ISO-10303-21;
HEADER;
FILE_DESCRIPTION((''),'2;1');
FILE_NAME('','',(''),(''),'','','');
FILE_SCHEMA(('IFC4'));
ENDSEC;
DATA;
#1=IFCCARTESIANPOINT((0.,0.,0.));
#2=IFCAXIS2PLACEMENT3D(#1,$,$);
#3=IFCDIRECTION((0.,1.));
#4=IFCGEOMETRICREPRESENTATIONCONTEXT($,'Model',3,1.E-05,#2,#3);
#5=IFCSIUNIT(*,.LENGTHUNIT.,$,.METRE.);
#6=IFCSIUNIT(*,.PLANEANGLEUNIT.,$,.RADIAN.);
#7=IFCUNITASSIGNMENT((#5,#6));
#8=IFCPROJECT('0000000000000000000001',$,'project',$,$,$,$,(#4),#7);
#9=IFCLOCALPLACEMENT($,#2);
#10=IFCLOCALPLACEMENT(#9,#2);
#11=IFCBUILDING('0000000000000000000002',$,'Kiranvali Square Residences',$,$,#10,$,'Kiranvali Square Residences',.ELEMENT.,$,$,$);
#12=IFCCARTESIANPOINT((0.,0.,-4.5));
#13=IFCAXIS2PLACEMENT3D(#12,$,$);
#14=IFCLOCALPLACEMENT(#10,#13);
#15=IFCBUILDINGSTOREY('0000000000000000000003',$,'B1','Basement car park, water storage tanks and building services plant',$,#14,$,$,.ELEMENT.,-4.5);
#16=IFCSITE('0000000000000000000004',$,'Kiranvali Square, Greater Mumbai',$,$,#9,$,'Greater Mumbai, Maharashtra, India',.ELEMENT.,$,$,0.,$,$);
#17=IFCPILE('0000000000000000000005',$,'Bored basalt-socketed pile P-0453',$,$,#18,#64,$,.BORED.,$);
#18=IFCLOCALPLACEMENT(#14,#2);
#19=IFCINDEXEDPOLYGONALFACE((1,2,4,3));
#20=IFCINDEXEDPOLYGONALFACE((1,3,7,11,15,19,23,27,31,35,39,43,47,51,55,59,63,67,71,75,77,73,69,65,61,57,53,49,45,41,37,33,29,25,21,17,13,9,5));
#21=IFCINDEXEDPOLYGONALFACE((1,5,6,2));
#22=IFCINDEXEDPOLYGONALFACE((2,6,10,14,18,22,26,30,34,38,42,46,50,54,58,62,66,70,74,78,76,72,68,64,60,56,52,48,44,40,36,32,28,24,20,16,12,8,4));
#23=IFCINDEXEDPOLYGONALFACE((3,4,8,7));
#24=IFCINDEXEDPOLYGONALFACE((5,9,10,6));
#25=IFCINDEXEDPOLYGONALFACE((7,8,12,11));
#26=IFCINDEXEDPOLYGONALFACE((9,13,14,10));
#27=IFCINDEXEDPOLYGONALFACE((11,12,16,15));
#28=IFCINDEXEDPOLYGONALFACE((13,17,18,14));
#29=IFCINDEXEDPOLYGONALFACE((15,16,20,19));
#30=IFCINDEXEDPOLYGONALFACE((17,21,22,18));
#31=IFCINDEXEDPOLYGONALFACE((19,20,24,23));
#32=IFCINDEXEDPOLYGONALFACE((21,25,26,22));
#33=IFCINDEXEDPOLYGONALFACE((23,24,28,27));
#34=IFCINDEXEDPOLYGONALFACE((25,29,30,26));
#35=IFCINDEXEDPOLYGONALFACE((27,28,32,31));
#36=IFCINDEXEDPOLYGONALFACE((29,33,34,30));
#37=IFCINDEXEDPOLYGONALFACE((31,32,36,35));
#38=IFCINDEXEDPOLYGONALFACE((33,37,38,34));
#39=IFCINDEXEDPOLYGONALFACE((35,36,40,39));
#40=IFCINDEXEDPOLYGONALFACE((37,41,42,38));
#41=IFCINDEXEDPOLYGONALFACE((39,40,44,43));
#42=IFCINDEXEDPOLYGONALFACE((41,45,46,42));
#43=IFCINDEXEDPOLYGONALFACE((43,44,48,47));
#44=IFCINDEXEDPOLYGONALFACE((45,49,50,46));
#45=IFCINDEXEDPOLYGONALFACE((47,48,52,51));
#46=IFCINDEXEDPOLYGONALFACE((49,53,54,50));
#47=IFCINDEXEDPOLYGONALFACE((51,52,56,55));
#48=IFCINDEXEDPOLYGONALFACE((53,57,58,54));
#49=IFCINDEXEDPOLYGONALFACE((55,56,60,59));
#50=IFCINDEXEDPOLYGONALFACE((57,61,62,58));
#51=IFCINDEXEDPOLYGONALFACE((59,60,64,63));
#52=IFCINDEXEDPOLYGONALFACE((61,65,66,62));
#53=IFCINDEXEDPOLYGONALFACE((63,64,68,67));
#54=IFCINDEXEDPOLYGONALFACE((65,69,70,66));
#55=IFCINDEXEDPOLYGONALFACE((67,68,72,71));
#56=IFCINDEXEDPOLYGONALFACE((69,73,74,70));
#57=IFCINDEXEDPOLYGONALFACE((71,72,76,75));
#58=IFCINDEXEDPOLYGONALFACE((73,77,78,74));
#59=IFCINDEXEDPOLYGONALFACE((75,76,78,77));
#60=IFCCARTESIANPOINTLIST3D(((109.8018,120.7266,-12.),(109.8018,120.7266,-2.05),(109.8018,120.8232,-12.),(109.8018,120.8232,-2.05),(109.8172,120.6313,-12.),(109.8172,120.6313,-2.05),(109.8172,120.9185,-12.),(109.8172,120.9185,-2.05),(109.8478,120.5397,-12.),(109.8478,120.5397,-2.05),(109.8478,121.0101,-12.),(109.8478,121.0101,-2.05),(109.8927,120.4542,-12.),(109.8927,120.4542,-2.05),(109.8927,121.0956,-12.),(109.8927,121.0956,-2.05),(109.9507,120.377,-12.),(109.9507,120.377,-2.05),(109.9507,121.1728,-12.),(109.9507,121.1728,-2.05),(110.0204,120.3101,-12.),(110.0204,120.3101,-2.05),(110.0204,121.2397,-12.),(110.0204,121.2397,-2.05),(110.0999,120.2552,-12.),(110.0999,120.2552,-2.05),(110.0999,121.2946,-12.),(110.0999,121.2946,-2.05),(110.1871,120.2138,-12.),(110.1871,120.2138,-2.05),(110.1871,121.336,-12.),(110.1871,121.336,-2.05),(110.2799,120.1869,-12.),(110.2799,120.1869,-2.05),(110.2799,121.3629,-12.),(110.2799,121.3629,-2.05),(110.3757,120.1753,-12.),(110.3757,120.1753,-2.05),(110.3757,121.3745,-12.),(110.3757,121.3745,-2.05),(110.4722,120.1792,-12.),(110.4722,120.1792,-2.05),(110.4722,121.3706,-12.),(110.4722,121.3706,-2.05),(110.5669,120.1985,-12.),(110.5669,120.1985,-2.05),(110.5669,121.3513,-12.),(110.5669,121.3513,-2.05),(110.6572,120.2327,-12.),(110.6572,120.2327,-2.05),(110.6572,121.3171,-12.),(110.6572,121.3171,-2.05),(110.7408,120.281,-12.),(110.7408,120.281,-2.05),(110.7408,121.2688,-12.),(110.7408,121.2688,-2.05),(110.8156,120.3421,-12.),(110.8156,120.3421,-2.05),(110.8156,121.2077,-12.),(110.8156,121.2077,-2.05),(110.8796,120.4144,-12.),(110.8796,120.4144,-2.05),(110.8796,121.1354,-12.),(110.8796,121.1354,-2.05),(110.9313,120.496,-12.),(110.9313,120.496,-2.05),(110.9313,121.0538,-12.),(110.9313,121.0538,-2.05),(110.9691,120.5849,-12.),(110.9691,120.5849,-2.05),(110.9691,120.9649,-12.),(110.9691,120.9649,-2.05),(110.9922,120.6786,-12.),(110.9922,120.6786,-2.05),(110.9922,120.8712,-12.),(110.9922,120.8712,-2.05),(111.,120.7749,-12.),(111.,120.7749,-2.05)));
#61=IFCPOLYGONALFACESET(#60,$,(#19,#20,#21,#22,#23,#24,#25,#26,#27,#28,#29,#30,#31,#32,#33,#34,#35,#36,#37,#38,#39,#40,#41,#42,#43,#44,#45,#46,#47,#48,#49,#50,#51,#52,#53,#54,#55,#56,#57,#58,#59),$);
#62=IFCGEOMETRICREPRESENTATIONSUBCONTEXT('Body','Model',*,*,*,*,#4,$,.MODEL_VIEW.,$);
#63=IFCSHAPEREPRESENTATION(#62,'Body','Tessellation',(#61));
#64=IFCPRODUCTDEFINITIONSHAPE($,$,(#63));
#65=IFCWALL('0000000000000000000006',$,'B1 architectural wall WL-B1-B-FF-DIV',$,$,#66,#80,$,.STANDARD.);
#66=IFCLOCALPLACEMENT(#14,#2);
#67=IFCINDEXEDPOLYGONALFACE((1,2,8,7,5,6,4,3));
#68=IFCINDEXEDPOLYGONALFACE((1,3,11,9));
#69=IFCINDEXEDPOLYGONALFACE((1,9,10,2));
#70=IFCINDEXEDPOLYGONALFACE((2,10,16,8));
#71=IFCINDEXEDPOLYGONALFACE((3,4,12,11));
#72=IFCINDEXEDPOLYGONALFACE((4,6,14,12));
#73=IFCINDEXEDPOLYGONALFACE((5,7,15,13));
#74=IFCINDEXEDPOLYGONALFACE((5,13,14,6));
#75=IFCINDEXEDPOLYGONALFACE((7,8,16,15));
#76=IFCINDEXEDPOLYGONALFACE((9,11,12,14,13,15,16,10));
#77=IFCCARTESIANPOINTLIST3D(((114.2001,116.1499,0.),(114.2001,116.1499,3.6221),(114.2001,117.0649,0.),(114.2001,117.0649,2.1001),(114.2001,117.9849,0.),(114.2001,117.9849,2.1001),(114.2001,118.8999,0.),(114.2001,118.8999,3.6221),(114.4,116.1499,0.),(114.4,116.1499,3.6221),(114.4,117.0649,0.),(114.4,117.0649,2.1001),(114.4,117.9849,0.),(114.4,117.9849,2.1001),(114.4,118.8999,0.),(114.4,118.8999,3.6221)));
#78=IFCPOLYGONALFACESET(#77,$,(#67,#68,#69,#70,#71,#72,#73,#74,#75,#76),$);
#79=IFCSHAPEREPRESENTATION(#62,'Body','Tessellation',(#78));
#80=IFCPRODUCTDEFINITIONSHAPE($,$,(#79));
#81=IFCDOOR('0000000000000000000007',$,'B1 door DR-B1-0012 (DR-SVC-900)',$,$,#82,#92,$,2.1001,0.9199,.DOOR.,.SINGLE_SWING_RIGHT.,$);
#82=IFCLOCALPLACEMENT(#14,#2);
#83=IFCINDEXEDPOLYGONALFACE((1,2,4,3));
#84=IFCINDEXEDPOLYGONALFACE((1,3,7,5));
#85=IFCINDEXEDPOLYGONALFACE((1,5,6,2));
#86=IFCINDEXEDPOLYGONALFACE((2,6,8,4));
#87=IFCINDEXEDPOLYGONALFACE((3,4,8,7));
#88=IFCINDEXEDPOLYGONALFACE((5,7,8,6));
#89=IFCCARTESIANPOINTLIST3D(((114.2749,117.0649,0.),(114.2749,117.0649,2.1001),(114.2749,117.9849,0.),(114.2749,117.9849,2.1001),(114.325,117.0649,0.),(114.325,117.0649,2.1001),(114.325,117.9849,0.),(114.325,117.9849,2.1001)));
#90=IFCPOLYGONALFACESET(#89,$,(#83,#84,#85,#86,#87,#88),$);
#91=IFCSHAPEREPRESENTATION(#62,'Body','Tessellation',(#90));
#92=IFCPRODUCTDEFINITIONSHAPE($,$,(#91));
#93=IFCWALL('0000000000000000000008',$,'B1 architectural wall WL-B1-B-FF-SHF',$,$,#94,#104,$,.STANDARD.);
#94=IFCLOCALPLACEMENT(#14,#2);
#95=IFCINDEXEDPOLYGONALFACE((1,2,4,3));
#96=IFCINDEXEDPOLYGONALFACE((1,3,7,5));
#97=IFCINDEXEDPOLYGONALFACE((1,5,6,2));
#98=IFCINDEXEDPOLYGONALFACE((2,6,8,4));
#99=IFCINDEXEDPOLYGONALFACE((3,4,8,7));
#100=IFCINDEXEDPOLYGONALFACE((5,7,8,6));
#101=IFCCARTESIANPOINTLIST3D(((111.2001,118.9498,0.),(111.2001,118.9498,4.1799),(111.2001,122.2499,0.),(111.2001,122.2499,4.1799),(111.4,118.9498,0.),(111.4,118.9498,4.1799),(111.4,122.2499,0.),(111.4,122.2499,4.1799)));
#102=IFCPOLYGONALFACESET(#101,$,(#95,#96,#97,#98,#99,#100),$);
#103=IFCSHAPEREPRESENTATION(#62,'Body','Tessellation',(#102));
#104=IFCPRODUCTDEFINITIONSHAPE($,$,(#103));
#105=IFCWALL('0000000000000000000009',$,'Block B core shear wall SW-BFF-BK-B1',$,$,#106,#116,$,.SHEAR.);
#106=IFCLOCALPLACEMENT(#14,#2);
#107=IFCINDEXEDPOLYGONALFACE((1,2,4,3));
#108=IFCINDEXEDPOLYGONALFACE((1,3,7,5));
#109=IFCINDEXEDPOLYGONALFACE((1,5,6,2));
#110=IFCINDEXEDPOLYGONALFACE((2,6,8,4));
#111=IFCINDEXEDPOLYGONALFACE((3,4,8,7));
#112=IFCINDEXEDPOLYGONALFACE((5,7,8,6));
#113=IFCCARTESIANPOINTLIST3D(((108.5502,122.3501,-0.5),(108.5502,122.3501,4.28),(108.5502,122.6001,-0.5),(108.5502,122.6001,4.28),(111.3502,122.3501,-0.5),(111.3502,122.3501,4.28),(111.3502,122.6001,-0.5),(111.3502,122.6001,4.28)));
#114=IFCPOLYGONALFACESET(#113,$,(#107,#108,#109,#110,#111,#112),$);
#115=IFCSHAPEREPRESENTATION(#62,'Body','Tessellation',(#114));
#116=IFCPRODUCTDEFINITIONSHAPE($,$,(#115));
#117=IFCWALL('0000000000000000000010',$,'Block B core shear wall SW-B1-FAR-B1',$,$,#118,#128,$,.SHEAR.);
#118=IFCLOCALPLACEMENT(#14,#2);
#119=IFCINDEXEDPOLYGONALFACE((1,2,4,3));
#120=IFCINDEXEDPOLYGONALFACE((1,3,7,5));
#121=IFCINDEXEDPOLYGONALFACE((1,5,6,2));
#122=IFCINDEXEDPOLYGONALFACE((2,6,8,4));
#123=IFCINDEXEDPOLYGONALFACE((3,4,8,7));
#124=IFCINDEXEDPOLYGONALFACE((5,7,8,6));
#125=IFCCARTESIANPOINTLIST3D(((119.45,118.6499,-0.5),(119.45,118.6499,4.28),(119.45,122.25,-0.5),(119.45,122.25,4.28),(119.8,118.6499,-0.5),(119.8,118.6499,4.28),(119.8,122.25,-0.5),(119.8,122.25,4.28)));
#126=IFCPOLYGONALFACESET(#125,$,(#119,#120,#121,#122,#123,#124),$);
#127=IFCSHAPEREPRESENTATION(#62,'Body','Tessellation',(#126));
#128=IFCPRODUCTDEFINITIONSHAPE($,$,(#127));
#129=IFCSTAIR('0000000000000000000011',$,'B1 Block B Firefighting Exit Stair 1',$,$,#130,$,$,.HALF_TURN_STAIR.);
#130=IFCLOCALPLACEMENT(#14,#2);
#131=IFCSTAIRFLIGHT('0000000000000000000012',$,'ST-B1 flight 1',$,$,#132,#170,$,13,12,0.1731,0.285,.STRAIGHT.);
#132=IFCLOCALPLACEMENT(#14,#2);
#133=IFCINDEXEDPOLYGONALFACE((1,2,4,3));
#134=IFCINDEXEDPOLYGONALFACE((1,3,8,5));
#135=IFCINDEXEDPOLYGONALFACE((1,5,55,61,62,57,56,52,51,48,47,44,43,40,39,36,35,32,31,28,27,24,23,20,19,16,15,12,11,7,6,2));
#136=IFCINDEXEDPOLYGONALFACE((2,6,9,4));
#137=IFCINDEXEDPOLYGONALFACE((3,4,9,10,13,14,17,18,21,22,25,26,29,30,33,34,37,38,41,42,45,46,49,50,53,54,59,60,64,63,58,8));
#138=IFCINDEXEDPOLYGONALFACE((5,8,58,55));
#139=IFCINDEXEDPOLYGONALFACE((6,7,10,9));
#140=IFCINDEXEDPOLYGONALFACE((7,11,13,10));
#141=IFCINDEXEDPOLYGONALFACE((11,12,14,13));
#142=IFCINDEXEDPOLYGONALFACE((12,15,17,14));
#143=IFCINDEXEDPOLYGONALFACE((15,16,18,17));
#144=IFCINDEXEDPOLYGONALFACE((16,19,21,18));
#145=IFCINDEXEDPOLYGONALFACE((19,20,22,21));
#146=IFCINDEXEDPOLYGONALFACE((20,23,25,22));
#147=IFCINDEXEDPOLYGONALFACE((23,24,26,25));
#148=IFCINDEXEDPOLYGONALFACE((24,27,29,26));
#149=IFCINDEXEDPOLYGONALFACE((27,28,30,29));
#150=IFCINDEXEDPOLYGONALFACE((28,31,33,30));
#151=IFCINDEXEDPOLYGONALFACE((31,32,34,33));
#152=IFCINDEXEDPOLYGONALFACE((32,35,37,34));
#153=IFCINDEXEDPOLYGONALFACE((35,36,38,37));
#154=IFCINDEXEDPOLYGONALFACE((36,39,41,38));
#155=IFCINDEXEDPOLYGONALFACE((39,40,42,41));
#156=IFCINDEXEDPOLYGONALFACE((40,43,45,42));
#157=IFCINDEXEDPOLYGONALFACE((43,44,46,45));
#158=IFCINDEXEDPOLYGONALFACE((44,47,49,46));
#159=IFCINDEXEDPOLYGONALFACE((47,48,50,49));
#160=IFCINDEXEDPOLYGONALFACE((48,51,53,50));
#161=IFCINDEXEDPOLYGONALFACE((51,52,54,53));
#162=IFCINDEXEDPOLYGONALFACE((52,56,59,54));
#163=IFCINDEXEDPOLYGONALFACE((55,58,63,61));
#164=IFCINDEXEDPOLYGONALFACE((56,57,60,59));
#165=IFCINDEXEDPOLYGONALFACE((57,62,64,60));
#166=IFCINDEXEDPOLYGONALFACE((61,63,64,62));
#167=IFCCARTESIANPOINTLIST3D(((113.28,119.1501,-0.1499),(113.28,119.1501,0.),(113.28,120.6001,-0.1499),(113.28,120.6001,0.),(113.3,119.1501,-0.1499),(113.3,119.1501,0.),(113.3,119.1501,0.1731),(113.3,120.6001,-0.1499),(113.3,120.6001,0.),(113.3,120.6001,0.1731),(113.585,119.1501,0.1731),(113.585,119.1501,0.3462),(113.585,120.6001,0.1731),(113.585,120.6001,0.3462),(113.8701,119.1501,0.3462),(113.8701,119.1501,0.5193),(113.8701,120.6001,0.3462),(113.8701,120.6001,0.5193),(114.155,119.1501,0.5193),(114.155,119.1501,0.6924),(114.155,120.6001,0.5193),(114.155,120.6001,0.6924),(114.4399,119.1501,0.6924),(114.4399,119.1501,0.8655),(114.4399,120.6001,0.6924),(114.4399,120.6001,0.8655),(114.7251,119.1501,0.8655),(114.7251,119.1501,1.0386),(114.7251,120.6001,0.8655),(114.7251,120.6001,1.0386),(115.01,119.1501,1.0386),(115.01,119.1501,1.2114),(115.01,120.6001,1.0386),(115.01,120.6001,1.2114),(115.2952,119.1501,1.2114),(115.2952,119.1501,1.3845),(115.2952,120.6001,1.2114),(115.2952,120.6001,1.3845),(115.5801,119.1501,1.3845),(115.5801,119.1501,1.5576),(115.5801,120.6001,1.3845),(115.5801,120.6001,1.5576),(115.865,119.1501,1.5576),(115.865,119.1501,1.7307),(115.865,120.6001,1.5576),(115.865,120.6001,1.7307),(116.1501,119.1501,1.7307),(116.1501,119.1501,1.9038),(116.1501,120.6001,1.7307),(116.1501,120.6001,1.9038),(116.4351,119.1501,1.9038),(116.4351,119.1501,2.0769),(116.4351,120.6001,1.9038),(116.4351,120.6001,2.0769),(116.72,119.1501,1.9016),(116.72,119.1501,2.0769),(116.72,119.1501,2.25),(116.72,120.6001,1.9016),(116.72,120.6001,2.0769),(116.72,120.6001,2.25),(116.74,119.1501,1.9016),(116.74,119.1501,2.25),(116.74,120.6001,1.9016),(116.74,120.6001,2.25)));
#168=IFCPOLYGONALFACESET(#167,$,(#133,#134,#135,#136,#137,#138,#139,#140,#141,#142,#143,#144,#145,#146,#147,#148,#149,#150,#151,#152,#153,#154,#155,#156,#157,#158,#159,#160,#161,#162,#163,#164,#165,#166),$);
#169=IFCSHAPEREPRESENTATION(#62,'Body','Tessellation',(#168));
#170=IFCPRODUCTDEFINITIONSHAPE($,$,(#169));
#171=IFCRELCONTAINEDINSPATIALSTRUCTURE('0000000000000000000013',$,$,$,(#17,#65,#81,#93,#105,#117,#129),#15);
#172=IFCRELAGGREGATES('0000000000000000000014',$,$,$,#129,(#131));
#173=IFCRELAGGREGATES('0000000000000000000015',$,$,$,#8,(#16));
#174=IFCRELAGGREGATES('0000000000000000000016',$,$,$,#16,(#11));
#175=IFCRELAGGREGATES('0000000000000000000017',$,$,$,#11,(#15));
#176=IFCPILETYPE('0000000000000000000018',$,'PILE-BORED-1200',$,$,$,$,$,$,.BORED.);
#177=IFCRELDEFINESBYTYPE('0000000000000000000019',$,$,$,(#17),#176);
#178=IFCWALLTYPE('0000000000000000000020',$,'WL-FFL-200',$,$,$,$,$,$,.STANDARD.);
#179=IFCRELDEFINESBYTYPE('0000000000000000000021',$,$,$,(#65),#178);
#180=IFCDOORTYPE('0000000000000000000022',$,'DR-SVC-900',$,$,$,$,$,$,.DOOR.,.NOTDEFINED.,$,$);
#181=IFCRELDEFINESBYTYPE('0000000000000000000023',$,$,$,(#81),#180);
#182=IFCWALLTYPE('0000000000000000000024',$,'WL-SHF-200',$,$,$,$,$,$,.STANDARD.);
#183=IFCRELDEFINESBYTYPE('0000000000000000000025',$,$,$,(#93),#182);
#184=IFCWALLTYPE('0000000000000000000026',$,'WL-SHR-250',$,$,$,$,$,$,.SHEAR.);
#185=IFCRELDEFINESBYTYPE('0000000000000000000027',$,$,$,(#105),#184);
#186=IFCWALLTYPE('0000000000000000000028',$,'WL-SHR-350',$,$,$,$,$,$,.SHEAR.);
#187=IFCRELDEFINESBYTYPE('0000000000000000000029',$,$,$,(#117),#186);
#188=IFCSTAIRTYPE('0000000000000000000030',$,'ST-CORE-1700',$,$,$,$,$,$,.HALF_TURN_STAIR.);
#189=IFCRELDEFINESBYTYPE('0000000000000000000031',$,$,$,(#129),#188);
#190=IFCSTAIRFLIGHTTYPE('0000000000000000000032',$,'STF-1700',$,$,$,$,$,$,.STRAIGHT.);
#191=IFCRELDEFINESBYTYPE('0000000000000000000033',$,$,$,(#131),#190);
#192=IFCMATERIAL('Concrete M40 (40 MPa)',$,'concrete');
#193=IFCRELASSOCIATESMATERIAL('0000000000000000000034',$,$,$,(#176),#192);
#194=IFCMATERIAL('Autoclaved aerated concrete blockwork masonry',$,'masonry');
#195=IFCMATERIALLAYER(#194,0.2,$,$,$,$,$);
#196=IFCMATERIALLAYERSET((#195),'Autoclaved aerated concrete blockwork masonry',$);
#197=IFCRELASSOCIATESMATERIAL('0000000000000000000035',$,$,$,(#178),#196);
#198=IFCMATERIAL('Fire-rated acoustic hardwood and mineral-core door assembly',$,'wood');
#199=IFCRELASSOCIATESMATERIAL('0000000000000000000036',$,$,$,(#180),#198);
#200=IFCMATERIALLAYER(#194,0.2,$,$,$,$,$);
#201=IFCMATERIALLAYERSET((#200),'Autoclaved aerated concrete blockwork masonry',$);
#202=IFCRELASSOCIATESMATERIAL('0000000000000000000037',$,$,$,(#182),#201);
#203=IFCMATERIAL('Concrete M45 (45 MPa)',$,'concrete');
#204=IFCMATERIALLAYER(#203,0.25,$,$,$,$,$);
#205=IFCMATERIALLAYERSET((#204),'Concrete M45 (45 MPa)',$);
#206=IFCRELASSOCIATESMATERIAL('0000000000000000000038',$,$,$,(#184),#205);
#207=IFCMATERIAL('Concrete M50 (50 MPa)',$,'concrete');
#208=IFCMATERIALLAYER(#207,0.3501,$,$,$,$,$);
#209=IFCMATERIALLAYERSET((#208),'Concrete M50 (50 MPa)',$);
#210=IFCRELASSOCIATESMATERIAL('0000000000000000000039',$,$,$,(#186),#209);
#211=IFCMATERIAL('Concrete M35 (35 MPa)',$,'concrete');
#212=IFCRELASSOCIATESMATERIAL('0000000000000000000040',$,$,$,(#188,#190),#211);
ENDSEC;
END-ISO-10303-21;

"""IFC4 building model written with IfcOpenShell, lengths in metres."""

from ifc_helpers import new_model, si_unit, direction, frame, frame_2d, origin, origin_2d, place, context, subcontext, project, spatial, polyline, rectangle, circle, outline, extrude, material, layer, layer_set, material_profile, profile_set, type_object, element, fill, aggregate, save


model = new_model("IFC4")

# Units and contexts
model_context = context("Model", 3, precision=1e-05, world=origin(), true_north=direction((0.0, 1.0)))
body_context = subcontext(model_context, "Body", "Model", "MODEL_VIEW")
ifc_project = project(units=[si_unit("LENGTHUNIT", "METRE"), si_unit("PLANEANGLEUNIT", "RADIAN")], contexts=[model_context])

# Site, building, storey
site_placement = place(None, origin())
site = spatial("IfcSite", under=ifc_project, at=site_placement, Name="Kiranvali Square, Greater Mumbai", LongName="Greater Mumbai, Maharashtra, India", CompositionType="ELEMENT", RefElevation=0.0)
building_placement = place(site_placement, origin())
building = spatial("IfcBuilding", under=site, at=building_placement, Name="Kiranvali Square Residences", LongName="Kiranvali Square Residences", CompositionType="ELEMENT")
storey_placement = place(building_placement, frame((0.0, 0.0, -4.5)))
storey = spatial("IfcBuildingStorey", under=building, at=storey_placement, Name="B1", Description="Basement car park, water storage tanks and building services plant", CompositionType="ELEMENT", Elevation=-4.5)

# Shared definitions
ifc_material_1 = material(Name="Concrete M40 (40 MPa)", Category="concrete")

# Pile
ifc_material_profile_1 = material_profile(ifc_material_1, circle(Radius=0.6001, at=origin_2d()), Name="BORED PILE 1200")
ifc_profile_set_1 = profile_set([ifc_material_profile_1], Name="Concrete M40 (40 MPa)")
pile_type = type_object("IfcPileType", Name="PILE-BORED-1200", PredefinedType="BORED", material=ifc_profile_set_1)
pile_placement = place(storey_placement, frame((110.3999, 120.7749, -2.05), z_axis=(0.0, 0.0, -1.0), x_axis=(1.0, 0.0, 0.0)))
element("IfcPile", 1, at=pile_placement, inside=storey, type_object=pile_type, Name="Bored basalt-socketed pile P-0453", PredefinedType="BORED", context=body_context, shape_type="SweptSolid", body=[
    extrude(circle(Radius=0.6001, at=origin_2d()), origin(), (0.0, 0.0, 1.0), 9.95),
])

# Wall, opening, door
ifc_material_2 = material(Name="Autoclaved aerated concrete blockwork masonry", Category="masonry")
ifc_layer_1 = layer(ifc_material_2, 0.2)
ifc_layer_set_1 = layer_set([ifc_layer_1], Name="Autoclaved aerated concrete blockwork masonry")
wall_type_1 = type_object("IfcWallType", Name="WL-FFL-200", PredefinedType="STANDARD", material=ifc_layer_set_1)
ifc_material_3 = material(Name="Fire-rated acoustic hardwood and mineral-core door assembly", Category="wood")
wall_1_placement = place(storey_placement, frame((114.3, 116.1499, 0.0), z_axis=(0.0, 0.0, 1.0), x_axis=(0.0, 1.0, 0.0)))
wall_1 = element("IfcWall", 2, at=wall_1_placement, inside=storey, type_object=wall_type_1, Name="B1 architectural wall WL-B1-B-FF-DIV", PredefinedType="STANDARD", context=body_context, shape_type="SweptSolid", body=[
    extrude(rectangle(XDim=2.75, YDim=0.2, at=frame_2d((1.375, 0.0))), origin(), (0.0, 0.0, 1.0), 3.6221),
])
opening_1_placement = place(wall_1_placement, frame((0.915, 0.0, 0.0)))
opening_1 = element("IfcOpeningElement", 3, at=opening_1_placement, cuts=wall_1, PredefinedType="OPENING", context=body_context, shape_type="SweptSolid", body=[
    extrude(rectangle(XDim=0.9199, YDim=2.1001, at=frame_2d((0.46, 1.05))), frame((0.0, 0.1099, 0.0), z_axis=(0.0, -1.0, 0.0), x_axis=(1.0, 0.0, 0.0)), (0.0, 0.0, 1.0), 0.22),
])
door_type_1 = type_object("IfcDoorType", Name="DR-SVC-900", OperationType="NOTDEFINED", PredefinedType="DOOR", material=ifc_material_3)
door_1_placement = place(opening_1_placement, frame((0.9199, 0.0, 0.0), z_axis=(0.0, 0.0, 1.0), x_axis=(-1.0, 0.0, 0.0)))
door_1 = element("IfcDoor", 4, at=door_1_placement, inside=storey, type_object=door_type_1, Name="B1 door DR-B1-0012 (DR-SVC-900)", OperationType="SINGLE_SWING_RIGHT", OverallHeight=2.1001, OverallWidth=0.9199, PredefinedType="DOOR", context=body_context, shape_type="SweptSolid", body=[
    extrude(rectangle(XDim=0.9199, YDim=2.1001, at=frame_2d((0.46, 1.05))), frame((0.0, 0.0249, 0.0), z_axis=(0.0, -1.0, 0.0), x_axis=(1.0, 0.0, 0.0)), (0.0, 0.0, 1.0), 0.05),
])
fill(opening_1, door_1)

# Walls
ifc_layer_2 = layer(ifc_material_2, 0.2)
ifc_layer_set_2 = layer_set([ifc_layer_2], Name="Autoclaved aerated concrete blockwork masonry")
wall_type_2 = type_object("IfcWallType", Name="WL-SHF-200", PredefinedType="STANDARD", material=ifc_layer_set_2)
wall_2_placement = place(storey_placement, frame((111.3, 118.95, 0.0), z_axis=(0.0, 0.0, 1.0), x_axis=(0.0, 1.0, 0.0)))
element("IfcWall", 5, at=wall_2_placement, inside=storey, type_object=wall_type_2, Name="B1 architectural wall WL-B1-B-FF-SHF", PredefinedType="STANDARD", context=body_context, shape_type="SweptSolid", body=[
    extrude(rectangle(XDim=3.3, YDim=0.2, at=frame_2d((1.6499, 0.0))), origin(), (0.0, 0.0, 1.0), 4.1799),
])
ifc_material_4 = material(Name="Concrete M45 (45 MPa)", Category="concrete")
ifc_layer_3 = layer(ifc_material_4, 0.25)
ifc_layer_set_3 = layer_set([ifc_layer_3], Name="Concrete M45 (45 MPa)")
wall_type_3 = type_object("IfcWallType", Name="WL-SHR-250", PredefinedType="SHEAR", material=ifc_layer_set_3)
wall_3_placement = place(storey_placement, frame((111.3501, 122.4751, -0.5), z_axis=(0.0, 0.0, 1.0), x_axis=(-1.0, 0.0, 0.0)))
element("IfcWall", 6, at=wall_3_placement, inside=storey, type_object=wall_type_3, Name="Block B core shear wall SW-BFF-BK-B1", PredefinedType="SHEAR", context=body_context, shape_type="SweptSolid", body=[
    extrude(rectangle(XDim=2.8, YDim=0.25, at=frame_2d((1.3999, 0.0))), origin(), (0.0, 0.0, 1.0), 4.78),
])

# Shared definitions
ifc_material_5 = material(Name="Concrete M50 (50 MPa)", Category="concrete")
ifc_layer_4 = layer(ifc_material_5, 0.3501)
ifc_layer_set_4 = layer_set([ifc_layer_4], Name="Concrete M50 (50 MPa)")
wall_type_4 = type_object("IfcWallType", Name="WL-SHR-350", PredefinedType="SHEAR", material=ifc_layer_set_4)

# Wall
wall_4_placement = place(storey_placement, frame((119.625, 118.6499, -0.5), z_axis=(0.0, 0.0, 1.0), x_axis=(0.0, 1.0, 0.0)))
element("IfcWall", 7, at=wall_4_placement, inside=storey, type_object=wall_type_4, Name="Block B core shear wall SW-B1-FAR-B1", PredefinedType="SHEAR", context=body_context, shape_type="SweptSolid", body=[
    extrude(rectangle(XDim=3.6001, YDim=0.3501, at=frame_2d((1.8, 0.0))), origin(), (0.0, 0.0, 1.0), 4.78),
])

# Stair, stair flight
ifc_material_6 = material(Name="Concrete M35 (35 MPa)", Category="concrete")
stair_type = type_object("IfcStairType", Name="ST-CORE-1700", PredefinedType="HALF_TURN_STAIR", material=ifc_material_6)
stair_placement = place(storey_placement, origin())
stair = element("IfcStair", 8, at=stair_placement, inside=storey, type_object=stair_type, Name="B1 Block B Firefighting Exit Stair 1", PredefinedType="HALF_TURN_STAIR")
stair_flight_type = type_object("IfcStairFlightType", Name="STF-1700", PredefinedType="STRAIGHT", material=ifc_material_6)
stair_flight_1_placement = place(storey_placement, frame((113.3, 119.875, 0.0), z_axis=(0.0, 0.0, 1.0), x_axis=(1.0, 0.0, 0.0)))
stair_flight_1 = element("IfcStairFlight", 9, at=stair_flight_1_placement, type_object=stair_flight_type, Name="ST-B1 flight 1", NumberOfRisers=13, NumberOfTreads=12, PredefinedType="STRAIGHT", RiserHeight=0.1731, TreadLength=0.285, context=body_context, shape_type="SweptSolid", body=[
    extrude(outline(polyline([(-0.02, -0.1499), (-0.02, 0.0), (0.0, 0.0), (0.0, 0.1731), (0.2849, 0.1731), (0.2849, 0.3462), (0.5701, 0.3462), (0.5701, 0.5193), (0.855, 0.5193), (0.855, 0.6924), (1.1399, 0.6924), (1.1399, 0.8655), (1.425, 0.8655), (1.425, 1.0386), (1.71, 1.0386), (1.71, 1.2114), (1.9951, 1.2114), (1.9951, 1.3845), (2.28, 1.3845), (2.28, 1.5576), (2.5649, 1.5576), (2.5649, 1.7307), (2.8501, 1.7307), (2.8501, 1.9038), (3.135, 1.9038), (3.135, 2.0769), (3.4199, 2.0769), (3.4199, 2.25), (3.4399, 2.25), (3.4399, 1.9016), (3.4199, 1.9016), (0.0, -0.1499), (-0.02, -0.1499)])), frame((0.0, 0.7251, 0.0), z_axis=(0.0, -1.0, 0.0), x_axis=(1.0, 0.0, 0.0)), (0.0, 0.0, 1.0), 1.45),
])
aggregate(stair, [stair_flight_1])

save(model, "model.ifc")
